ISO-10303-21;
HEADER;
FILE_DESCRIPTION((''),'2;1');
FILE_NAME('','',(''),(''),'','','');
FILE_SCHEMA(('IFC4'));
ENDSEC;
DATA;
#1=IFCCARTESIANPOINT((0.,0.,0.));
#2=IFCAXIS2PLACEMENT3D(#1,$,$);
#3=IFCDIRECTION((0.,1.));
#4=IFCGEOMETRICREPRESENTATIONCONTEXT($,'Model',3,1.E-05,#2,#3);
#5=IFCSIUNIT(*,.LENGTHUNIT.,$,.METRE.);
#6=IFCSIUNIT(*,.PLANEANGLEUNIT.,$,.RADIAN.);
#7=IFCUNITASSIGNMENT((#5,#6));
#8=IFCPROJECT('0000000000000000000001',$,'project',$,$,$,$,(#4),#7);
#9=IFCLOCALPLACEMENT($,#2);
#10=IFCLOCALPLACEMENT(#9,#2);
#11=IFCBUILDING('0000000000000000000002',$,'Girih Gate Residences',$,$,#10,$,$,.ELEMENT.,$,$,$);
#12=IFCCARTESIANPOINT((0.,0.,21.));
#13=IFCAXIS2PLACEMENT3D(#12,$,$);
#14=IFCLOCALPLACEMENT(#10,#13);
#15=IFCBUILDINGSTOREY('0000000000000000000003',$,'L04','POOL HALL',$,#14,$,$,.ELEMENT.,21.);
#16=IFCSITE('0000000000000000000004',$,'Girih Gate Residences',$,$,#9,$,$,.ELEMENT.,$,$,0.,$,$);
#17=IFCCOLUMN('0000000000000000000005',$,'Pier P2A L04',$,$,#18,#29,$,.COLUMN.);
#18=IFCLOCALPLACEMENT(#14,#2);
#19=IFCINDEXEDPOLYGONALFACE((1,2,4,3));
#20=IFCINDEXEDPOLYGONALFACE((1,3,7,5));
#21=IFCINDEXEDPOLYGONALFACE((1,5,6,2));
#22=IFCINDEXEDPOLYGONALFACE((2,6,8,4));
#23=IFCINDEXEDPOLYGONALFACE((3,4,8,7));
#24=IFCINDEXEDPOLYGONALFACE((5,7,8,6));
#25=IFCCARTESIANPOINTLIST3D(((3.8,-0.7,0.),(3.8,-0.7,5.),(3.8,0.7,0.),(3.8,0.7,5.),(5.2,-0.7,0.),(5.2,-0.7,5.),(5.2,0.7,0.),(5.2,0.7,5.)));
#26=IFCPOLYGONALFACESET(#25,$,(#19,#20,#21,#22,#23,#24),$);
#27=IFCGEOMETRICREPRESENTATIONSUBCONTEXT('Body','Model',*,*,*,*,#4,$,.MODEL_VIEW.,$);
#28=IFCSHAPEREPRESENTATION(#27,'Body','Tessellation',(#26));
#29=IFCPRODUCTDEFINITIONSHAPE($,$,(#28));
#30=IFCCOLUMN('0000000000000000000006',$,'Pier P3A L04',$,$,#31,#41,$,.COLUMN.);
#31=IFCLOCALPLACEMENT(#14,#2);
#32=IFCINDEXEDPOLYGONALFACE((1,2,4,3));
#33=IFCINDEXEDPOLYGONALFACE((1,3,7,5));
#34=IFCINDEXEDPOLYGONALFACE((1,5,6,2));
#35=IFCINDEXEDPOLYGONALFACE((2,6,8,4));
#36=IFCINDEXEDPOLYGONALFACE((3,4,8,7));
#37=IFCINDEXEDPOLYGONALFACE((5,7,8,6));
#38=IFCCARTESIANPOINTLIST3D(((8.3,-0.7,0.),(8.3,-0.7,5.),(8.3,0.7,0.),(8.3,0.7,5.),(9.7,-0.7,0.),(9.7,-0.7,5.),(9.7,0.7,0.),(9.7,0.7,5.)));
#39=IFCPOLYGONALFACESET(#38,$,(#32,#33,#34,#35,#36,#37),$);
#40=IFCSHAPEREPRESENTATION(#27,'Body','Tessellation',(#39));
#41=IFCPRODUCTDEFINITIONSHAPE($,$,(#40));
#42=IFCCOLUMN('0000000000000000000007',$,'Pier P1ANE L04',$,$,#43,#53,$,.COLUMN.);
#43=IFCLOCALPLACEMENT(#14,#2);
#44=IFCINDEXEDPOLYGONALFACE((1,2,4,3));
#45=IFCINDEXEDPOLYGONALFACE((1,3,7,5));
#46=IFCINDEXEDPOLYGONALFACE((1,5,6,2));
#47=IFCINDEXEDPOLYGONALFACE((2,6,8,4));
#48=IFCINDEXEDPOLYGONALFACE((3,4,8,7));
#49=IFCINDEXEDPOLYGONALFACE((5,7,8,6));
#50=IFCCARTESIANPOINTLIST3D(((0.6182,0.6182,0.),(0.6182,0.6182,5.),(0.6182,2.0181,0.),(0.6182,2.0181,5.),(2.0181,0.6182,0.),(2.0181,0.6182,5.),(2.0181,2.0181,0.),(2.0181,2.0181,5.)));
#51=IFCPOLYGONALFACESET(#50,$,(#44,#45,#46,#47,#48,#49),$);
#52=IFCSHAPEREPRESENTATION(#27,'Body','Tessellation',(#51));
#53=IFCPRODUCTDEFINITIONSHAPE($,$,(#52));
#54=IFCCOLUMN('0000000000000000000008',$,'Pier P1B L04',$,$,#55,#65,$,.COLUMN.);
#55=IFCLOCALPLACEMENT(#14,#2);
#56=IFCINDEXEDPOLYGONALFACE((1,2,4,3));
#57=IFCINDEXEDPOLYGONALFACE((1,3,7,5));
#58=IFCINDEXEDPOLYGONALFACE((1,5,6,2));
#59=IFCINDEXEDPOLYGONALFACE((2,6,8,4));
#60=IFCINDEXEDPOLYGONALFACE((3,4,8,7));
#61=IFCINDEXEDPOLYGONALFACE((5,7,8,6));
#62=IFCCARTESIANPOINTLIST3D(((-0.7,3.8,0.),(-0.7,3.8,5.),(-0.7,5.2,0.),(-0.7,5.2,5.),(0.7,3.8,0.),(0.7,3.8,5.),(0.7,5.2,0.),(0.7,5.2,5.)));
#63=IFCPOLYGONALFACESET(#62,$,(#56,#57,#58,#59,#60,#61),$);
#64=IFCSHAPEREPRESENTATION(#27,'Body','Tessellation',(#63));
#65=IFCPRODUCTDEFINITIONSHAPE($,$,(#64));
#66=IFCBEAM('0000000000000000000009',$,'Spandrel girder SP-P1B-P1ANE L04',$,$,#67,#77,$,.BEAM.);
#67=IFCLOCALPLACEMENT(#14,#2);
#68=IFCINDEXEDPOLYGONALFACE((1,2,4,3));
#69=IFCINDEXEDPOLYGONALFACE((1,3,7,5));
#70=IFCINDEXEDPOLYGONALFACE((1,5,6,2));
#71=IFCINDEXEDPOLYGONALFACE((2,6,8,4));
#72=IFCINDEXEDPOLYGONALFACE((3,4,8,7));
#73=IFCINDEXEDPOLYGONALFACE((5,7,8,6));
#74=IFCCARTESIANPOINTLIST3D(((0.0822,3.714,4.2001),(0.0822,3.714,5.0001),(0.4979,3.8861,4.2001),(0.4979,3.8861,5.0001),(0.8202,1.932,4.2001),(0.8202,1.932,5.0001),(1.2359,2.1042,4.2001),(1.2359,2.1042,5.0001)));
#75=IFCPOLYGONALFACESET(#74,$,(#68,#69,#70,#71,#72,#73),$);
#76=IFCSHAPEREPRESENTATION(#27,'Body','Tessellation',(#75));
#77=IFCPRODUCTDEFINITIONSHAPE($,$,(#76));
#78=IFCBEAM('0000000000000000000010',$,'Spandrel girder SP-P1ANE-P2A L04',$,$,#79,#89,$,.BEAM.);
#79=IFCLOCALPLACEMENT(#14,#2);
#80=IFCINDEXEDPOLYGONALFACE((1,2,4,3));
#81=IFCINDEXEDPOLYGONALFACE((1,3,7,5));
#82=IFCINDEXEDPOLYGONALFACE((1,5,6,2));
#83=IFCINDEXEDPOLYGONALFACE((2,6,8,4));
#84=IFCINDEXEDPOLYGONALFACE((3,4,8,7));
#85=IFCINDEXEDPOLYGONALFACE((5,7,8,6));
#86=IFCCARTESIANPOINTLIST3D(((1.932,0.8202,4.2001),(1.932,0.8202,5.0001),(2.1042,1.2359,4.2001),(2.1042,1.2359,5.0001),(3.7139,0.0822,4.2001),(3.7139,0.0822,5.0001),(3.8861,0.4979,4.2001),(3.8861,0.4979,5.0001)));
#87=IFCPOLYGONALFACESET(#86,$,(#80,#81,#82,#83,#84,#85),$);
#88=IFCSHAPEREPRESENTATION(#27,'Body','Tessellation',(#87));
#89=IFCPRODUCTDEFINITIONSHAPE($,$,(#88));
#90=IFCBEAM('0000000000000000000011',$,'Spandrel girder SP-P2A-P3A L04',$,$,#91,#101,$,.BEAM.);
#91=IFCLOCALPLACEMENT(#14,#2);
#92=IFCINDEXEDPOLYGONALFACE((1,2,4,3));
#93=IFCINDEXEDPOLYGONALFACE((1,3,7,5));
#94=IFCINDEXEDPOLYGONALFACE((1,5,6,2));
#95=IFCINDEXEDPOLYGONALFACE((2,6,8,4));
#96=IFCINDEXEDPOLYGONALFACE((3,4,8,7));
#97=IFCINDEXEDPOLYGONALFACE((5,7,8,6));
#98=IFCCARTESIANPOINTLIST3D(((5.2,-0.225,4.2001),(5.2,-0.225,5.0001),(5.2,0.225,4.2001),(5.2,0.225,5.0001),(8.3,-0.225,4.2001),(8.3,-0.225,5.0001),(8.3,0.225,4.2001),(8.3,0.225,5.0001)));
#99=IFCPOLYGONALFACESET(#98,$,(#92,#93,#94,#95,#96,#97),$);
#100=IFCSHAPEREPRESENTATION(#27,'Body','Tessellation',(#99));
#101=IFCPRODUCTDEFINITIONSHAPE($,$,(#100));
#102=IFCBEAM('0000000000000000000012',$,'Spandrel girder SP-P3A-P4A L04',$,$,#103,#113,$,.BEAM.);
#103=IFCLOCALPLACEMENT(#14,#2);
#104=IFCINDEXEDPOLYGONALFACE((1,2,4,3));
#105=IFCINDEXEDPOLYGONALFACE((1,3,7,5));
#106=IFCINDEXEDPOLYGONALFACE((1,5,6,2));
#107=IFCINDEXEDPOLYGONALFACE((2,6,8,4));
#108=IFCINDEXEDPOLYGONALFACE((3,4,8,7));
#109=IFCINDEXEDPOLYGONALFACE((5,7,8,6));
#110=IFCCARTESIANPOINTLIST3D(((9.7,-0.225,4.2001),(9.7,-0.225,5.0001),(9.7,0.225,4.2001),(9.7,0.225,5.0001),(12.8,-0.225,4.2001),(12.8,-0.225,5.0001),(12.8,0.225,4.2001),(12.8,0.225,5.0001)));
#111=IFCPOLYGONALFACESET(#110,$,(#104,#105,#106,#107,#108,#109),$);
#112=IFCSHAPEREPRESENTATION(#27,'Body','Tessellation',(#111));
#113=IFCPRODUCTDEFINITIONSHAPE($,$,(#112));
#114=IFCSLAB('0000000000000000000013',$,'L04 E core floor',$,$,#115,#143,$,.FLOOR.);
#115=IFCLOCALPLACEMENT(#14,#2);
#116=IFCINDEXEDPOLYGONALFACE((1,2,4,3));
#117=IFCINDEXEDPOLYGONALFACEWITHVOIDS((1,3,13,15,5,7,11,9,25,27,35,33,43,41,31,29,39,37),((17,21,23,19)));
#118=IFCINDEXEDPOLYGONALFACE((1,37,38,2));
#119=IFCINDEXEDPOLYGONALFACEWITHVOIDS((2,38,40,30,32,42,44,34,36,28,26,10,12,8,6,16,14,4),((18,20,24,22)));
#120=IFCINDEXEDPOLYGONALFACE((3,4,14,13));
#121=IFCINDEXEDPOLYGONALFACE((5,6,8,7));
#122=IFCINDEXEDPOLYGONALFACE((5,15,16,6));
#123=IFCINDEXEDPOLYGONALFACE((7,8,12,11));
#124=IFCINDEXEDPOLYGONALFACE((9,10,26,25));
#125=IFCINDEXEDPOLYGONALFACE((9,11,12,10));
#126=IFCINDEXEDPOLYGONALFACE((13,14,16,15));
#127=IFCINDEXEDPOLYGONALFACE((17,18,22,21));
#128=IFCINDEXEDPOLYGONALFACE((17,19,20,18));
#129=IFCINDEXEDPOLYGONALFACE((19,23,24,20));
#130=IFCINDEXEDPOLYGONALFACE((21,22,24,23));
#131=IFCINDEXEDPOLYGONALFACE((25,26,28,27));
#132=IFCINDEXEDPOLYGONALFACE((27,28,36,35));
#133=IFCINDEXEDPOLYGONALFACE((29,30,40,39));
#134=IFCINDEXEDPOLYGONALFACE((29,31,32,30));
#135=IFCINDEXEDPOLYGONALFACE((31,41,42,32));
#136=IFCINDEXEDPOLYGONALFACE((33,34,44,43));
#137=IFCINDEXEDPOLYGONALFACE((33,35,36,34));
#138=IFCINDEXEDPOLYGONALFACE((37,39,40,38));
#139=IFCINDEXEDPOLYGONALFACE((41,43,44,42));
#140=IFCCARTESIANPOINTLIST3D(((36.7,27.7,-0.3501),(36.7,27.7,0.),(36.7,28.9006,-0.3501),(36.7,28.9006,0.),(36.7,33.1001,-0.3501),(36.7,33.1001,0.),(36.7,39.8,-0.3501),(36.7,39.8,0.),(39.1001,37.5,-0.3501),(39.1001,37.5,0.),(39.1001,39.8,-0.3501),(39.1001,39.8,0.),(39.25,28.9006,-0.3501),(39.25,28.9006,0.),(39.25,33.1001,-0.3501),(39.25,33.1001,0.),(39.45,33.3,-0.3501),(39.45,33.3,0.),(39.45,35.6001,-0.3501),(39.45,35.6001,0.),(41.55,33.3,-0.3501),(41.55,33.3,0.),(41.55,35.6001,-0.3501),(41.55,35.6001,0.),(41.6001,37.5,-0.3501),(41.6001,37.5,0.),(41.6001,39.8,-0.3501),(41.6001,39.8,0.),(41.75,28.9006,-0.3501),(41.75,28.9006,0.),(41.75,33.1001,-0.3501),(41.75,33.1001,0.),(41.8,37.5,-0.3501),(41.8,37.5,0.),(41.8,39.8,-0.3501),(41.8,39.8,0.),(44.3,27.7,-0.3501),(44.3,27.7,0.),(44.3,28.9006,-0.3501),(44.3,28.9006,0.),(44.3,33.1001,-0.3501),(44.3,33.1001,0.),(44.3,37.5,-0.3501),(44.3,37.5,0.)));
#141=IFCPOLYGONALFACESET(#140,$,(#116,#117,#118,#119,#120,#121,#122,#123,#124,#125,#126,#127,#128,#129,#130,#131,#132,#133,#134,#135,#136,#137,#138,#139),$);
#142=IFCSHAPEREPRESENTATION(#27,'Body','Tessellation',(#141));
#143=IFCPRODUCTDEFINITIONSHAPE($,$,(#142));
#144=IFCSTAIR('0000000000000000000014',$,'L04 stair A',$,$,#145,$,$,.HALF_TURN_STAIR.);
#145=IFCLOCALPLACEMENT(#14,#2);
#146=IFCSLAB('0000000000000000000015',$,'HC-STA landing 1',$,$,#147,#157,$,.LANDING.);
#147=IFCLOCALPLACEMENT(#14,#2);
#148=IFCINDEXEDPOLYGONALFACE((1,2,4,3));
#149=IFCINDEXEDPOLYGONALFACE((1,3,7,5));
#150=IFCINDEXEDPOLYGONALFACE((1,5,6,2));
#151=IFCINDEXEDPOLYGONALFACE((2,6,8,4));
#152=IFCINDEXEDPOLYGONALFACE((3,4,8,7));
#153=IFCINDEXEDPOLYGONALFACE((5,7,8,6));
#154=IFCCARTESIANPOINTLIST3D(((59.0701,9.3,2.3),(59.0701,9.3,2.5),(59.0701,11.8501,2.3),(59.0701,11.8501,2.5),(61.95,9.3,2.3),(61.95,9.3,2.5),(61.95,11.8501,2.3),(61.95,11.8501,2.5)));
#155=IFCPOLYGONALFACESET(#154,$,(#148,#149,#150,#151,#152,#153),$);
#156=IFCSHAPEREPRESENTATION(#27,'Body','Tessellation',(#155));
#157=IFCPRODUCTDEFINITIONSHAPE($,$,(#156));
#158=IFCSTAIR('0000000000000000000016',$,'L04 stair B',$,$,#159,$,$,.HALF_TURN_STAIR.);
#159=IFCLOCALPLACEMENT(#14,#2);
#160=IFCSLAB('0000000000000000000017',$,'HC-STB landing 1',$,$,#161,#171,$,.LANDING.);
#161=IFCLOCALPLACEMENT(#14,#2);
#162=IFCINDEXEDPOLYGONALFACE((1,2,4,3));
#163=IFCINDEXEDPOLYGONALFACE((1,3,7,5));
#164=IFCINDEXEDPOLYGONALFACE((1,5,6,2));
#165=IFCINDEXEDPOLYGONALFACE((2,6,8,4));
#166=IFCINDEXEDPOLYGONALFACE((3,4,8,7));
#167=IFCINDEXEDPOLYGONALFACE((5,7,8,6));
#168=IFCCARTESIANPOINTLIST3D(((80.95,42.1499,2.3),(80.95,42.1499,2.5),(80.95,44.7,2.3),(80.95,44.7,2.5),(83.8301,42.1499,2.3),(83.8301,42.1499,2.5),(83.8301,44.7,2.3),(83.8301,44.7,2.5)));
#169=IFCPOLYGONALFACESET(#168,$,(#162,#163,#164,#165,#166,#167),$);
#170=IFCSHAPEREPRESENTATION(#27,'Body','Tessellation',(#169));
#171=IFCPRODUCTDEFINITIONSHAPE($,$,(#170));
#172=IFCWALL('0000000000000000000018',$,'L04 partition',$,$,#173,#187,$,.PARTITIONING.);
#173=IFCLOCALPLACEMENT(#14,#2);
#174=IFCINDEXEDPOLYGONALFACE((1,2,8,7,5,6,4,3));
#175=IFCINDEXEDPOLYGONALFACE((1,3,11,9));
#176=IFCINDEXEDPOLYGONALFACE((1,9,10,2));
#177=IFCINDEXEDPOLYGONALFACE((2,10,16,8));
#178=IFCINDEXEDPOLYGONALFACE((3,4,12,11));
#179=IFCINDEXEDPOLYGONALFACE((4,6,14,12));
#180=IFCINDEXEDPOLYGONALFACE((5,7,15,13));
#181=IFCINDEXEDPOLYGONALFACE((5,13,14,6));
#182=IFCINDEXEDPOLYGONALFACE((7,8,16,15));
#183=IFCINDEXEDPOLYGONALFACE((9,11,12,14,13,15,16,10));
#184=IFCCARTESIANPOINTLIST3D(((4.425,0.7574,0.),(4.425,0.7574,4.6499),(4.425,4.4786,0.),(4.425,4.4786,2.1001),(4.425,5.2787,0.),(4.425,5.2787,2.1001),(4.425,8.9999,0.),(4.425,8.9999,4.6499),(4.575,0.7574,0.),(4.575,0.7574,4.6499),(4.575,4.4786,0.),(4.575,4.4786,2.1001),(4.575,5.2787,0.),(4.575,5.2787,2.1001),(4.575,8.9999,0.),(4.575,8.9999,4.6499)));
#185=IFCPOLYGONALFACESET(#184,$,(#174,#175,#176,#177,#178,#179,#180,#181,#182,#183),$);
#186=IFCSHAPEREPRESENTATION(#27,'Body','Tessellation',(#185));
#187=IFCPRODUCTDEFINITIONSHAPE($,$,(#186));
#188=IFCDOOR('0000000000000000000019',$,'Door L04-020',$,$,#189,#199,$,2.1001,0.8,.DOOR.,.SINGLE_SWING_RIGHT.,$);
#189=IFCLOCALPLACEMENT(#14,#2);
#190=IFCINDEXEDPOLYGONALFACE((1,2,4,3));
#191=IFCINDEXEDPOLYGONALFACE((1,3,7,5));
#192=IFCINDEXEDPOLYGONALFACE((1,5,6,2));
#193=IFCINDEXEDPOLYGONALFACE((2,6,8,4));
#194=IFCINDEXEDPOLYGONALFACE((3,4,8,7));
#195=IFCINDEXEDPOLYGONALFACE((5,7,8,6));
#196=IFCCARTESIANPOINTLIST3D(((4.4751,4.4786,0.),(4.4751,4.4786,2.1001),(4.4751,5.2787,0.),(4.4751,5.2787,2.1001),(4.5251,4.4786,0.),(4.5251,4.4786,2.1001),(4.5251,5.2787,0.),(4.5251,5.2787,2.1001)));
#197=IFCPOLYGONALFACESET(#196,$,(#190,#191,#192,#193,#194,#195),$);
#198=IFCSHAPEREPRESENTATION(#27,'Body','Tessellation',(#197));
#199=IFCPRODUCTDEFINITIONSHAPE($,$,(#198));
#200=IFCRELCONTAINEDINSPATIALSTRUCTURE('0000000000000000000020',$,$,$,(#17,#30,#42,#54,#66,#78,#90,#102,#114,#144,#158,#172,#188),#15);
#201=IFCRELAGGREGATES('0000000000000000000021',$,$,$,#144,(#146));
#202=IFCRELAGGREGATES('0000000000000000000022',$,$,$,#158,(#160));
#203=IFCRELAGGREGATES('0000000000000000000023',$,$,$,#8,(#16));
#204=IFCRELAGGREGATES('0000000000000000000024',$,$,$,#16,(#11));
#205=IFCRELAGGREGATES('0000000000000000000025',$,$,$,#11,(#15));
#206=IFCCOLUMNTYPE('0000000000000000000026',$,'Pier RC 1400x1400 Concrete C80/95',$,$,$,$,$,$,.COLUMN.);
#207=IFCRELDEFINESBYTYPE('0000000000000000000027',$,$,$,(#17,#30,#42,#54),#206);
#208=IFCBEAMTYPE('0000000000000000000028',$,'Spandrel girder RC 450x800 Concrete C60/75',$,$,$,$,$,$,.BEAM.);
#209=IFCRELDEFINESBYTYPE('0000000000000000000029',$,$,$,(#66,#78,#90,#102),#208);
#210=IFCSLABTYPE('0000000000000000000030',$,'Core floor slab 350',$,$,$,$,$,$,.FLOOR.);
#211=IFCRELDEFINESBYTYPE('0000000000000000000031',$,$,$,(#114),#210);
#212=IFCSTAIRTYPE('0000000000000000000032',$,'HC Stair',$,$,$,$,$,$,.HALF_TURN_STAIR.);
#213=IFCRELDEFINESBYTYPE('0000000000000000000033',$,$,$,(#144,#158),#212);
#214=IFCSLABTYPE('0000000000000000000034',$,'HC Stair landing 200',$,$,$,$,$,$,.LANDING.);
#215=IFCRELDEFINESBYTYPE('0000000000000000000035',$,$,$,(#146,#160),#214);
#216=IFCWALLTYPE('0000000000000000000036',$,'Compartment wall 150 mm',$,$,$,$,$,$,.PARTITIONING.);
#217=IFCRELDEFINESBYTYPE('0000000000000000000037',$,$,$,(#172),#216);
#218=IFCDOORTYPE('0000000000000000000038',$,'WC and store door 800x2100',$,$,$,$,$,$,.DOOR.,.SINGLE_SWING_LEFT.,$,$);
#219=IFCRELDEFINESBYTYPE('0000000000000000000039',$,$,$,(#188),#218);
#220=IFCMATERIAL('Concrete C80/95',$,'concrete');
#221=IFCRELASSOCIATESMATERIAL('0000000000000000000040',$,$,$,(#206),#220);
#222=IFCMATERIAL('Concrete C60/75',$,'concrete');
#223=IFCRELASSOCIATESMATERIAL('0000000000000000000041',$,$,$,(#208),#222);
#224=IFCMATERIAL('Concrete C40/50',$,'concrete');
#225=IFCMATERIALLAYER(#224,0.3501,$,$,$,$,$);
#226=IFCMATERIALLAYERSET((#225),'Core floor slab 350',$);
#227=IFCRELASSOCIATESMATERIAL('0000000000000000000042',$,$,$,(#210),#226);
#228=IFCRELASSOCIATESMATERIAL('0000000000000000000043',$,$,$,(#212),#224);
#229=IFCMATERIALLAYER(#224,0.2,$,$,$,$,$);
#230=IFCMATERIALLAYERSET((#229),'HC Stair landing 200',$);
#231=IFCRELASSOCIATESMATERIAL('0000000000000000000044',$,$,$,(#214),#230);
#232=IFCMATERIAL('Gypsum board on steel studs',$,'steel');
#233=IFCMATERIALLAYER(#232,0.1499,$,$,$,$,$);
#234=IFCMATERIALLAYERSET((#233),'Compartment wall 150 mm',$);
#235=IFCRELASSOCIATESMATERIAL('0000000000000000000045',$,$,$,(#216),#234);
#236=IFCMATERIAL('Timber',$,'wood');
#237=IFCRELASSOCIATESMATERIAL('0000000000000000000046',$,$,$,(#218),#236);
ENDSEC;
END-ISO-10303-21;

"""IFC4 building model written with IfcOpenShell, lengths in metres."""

from ifc_helpers import new_model, si_unit, direction, frame, frame_2d, origin, origin_2d, place, context, subcontext, project, spatial, polyline, rectangle, outline, extrude, material, layer, layer_set, material_profile, profile_set, type_object, element, fill, aggregate, save


model = new_model("IFC4")

# Units and contexts
model_context = context("Model", 3, precision=1e-05, world=origin(), true_north=direction((0.0, 1.0)))
body_context = subcontext(model_context, "Body", "Model", "MODEL_VIEW")
ifc_project = project(units=[si_unit("LENGTHUNIT", "METRE"), si_unit("PLANEANGLEUNIT", "RADIAN")], contexts=[model_context])

# Site, building, storey
site_placement = place(None, origin())
site = spatial("IfcSite", under=ifc_project, at=site_placement, Name="Girih Gate Residences", CompositionType="ELEMENT", RefElevation=0.0)
building_placement = place(site_placement, origin())
building = spatial("IfcBuilding", under=site, at=building_placement, Name="Girih Gate Residences", CompositionType="ELEMENT")
storey_placement = place(building_placement, frame((0.0, 0.0, 21.0)))
storey = spatial("IfcBuildingStorey", under=building, at=storey_placement, Name="L04", Description="POOL HALL", CompositionType="ELEMENT", Elevation=21.0)

# Columns
ifc_material_1 = material(Name="Concrete C80/95", Category="concrete")
ifc_material_profile_1 = material_profile(ifc_material_1, rectangle(XDim=1.3999, YDim=1.3999, at=origin_2d()))
ifc_profile_set_1 = profile_set([ifc_material_profile_1], Name="Concrete C80/95")
column_type = type_object("IfcColumnType", Name="Pier RC 1400x1400 Concrete C80/95", PredefinedType="COLUMN", material=ifc_profile_set_1)
for number, where, z_axis, x_axis, name in (
    (1, (4.5, 0.0, 0.0), (0.0, 0.0, 1.0), (1.0, 0.0, 0.0), "Pier P2A L04"),
    (2, (9.0, 0.0, 0.0), (0.0, 0.0, 1.0), (1.0, 0.0, 0.0), "Pier P3A L04"),
    (3, (1.3181, 1.3181, 0.0), (0.0, 0.0, 1.0), (1.0, 0.0, 0.0), "Pier P1ANE L04"),
    (4, (0.0, 4.5, 0.0), (0.0, 0.0, 1.0), (1.0, 0.0, 0.0), "Pier P1B L04"),
):
    element("IfcColumn", number, at=place(storey_placement, frame(where, z_axis=z_axis, x_axis=x_axis)), inside=storey, type_object=column_type, Name=name, PredefinedType="COLUMN", context=body_context, shape_type="SweptSolid", body=[
        extrude(rectangle(XDim=1.3999, YDim=1.3999, at=origin_2d()), origin(), (0.0, 0.0, 1.0), 5.0),
    ])

# Beams
ifc_material_2 = material(Name="Concrete C60/75", Category="concrete")
ifc_material_profile_2 = material_profile(ifc_material_2, rectangle(XDim=0.45, YDim=0.8, at=origin_2d()))
ifc_profile_set_2 = profile_set([ifc_material_profile_2], Name="Concrete C60/75")
beam_type = type_object("IfcBeamType", Name="Spandrel girder RC 450x800 Concrete C60/75", PredefinedType="BEAM", material=ifc_profile_set_2)
for number, where, z_axis, x_axis, name in (
    (5, (0.29, 3.8, 4.6001), (0.382646, -0.923895, 0.0), (0.923895, 0.382646, 0.0), "Spandrel girder SP-P1B-P1ANE L04"),
    (6, (2.0181, 1.0281, 4.6001), (0.923895, -0.382646, 0.0), (0.382646, 0.923895, 0.0), "Spandrel girder SP-P1ANE-P2A L04"),
):
    element("IfcBeam", number, at=place(storey_placement, frame(where, z_axis=z_axis, x_axis=x_axis)), inside=storey, type_object=beam_type, Name=name, PredefinedType="BEAM", context=body_context, shape_type="SweptSolid", body=[
        extrude(rectangle(XDim=0.45, YDim=0.8, at=origin_2d()), origin(), (0.0, 0.0, 1.0), 1.9287),
    ])
for number, where, z_axis, x_axis, name in (
    (7, (5.2, 0.0, 4.6001), (1.0, 0.0, 0.0), (0.0, 1.0, 0.0), "Spandrel girder SP-P2A-P3A L04"),
    (8, (9.7, 0.0, 4.6001), (1.0, 0.0, 0.0), (0.0, 1.0, 0.0), "Spandrel girder SP-P3A-P4A L04"),
):
    element("IfcBeam", number, at=place(storey_placement, frame(where, z_axis=z_axis, x_axis=x_axis)), inside=storey, type_object=beam_type, Name=name, PredefinedType="BEAM", context=body_context, shape_type="SweptSolid", body=[
        extrude(rectangle(XDim=0.45, YDim=0.8, at=origin_2d()), origin(), (0.0, 0.0, 1.0), 3.1001),
    ])

# Slab
ifc_material_3 = material(Name="Concrete C40/50", Category="concrete")
ifc_layer_1 = layer(ifc_material_3, 0.3501)
ifc_layer_set_1 = layer_set([ifc_layer_1], Name="Core floor slab 350")
slab_type_1 = type_object("IfcSlabType", Name="Core floor slab 350", PredefinedType="FLOOR", material=ifc_layer_set_1)
slab_1_placement = place(storey_placement, frame((0.0, 0.0, -0.3501)))
element("IfcSlab", 9, at=slab_1_placement, inside=storey, type_object=slab_type_1, Name="L04 E core floor", PredefinedType="FLOOR", context=body_context, shape_type="SweptSolid", body=[
    extrude(outline(polyline([(44.3, 27.7), (36.7, 27.7), (36.7, 28.9006), (39.25, 28.9006), (39.25, 33.1001), (36.7, 33.1001), (36.7, 39.8), (39.1001, 39.8), (39.1001, 37.5), (41.6001, 37.5), (41.6001, 39.8), (41.8, 39.8), (41.8, 37.5), (44.3, 37.5), (44.3, 33.1001), (41.75, 33.1001), (41.75, 28.9006), (44.3, 28.9006), (44.3, 27.7)]), holes=[polyline([(39.45, 33.3), (41.55, 33.3), (41.55, 35.6001), (39.45, 35.6001), (39.45, 33.3)])]), origin(), (0.0, 0.0, 1.0), 0.3501),
])

# Stairs, slabs
stair_type = type_object("IfcStairType", Name="HC Stair", PredefinedType="HALF_TURN_STAIR", material=ifc_material_3)
stair_1_placement = place(storey_placement, origin())
stair_1 = element("IfcStair", 10, at=stair_1_placement, inside=storey, type_object=stair_type, Name="L04 stair A", PredefinedType="HALF_TURN_STAIR")
ifc_layer_2 = layer(ifc_material_3, 0.2)
ifc_layer_set_2 = layer_set([ifc_layer_2], Name="HC Stair landing 200")
slab_type_2 = type_object("IfcSlabType", Name="HC Stair landing 200", PredefinedType="LANDING", material=ifc_layer_set_2)
slab_2_placement = place(storey_placement, frame((0.0, 0.0, 2.3)))
slab_2 = element("IfcSlab", 11, at=slab_2_placement, type_object=slab_type_2, Name="HC-STA landing 1", PredefinedType="LANDING", context=body_context, shape_type="SweptSolid", body=[
    extrude(outline(polyline([(59.0701, 9.3), (61.95, 9.3), (61.95, 11.8501), (59.0701, 11.8501), (59.0701, 9.3)])), origin(), (0.0, 0.0, 1.0), 0.2),
])
aggregate(stair_1, [slab_2])
stair_2_placement = place(storey_placement, origin())
stair_2 = element("IfcStair", 12, at=stair_2_placement, inside=storey, type_object=stair_type, Name="L04 stair B", PredefinedType="HALF_TURN_STAIR")
slab_3_placement = place(storey_placement, frame((0.0, 0.0, 2.3)))
slab_3 = element("IfcSlab", 13, at=slab_3_placement, type_object=slab_type_2, Name="HC-STB landing 1", PredefinedType="LANDING", context=body_context, shape_type="SweptSolid", body=[
    extrude(outline(polyline([(83.8301, 44.7), (80.95, 44.7), (80.95, 42.1499), (83.8301, 42.1499), (83.8301, 44.7)])), origin(), (0.0, 0.0, 1.0), 0.2),
])
aggregate(stair_2, [slab_3])

# Wall, opening, door
ifc_material_4 = material(Name="Gypsum board on steel studs", Category="steel")
ifc_layer_3 = layer(ifc_material_4, 0.1499)
ifc_layer_set_3 = layer_set([ifc_layer_3], Name="Compartment wall 150 mm")
wall_type_1 = type_object("IfcWallType", Name="Compartment wall 150 mm", PredefinedType="PARTITIONING", material=ifc_layer_set_3)
wall_1_placement = place(storey_placement, frame((4.5, 0.7576, 0.0), z_axis=(0.0, 0.0, 1.0), x_axis=(0.0, 1.0, 0.0)))
wall_1 = element("IfcWall", 14, at=wall_1_placement, inside=storey, type_object=wall_type_1, Name="L04 partition", PredefinedType="PARTITIONING", context=body_context, shape_type="SweptSolid", body=[
    extrude(rectangle(XDim=8.2424, YDim=0.1499, at=frame_2d((4.1211, 0.0))), origin(), (0.0, 0.0, 1.0), 4.6499),
])
opening_1_placement = place(wall_1_placement, frame((3.7212, 0.0, 0.0)))
opening_1 = element("IfcOpeningElement", 15, at=opening_1_placement, cuts=wall_1, PredefinedType="OPENING", context=body_context, shape_type="SweptSolid", body=[
    extrude(rectangle(XDim=0.8, YDim=2.1001, at=frame_2d((0.3999, 1.05))), frame((0.0, 0.085, 0.0), z_axis=(0.0, -1.0, 0.0), x_axis=(1.0, 0.0, 0.0)), (0.0, 0.0, 1.0), 0.1699),
])
ifc_material_5 = material(Name="Timber", Category="wood")
door_type = type_object("IfcDoorType", Name="WC and store door 800x2100", OperationType="SINGLE_SWING_LEFT", PredefinedType="DOOR", material=ifc_material_5)
door_placement = place(opening_1_placement, origin())
door = element("IfcDoor", 16, at=door_placement, inside=storey, type_object=door_type, Name="Door L04-020", OperationType="SINGLE_SWING_RIGHT", OverallHeight=2.1001, OverallWidth=0.8, PredefinedType="DOOR", context=body_context, shape_type="SweptSolid", body=[
    extrude(rectangle(XDim=0.8, YDim=2.1001, at=frame_2d((0.3999, 1.05))), frame((0.0, 0.0249, 0.0), z_axis=(0.0, -1.0, 0.0), x_axis=(1.0, 0.0, 0.0)), (0.0, 0.0, 1.0), 0.05),
])
fill(opening_1, door)

save(model, "model.ifc")
